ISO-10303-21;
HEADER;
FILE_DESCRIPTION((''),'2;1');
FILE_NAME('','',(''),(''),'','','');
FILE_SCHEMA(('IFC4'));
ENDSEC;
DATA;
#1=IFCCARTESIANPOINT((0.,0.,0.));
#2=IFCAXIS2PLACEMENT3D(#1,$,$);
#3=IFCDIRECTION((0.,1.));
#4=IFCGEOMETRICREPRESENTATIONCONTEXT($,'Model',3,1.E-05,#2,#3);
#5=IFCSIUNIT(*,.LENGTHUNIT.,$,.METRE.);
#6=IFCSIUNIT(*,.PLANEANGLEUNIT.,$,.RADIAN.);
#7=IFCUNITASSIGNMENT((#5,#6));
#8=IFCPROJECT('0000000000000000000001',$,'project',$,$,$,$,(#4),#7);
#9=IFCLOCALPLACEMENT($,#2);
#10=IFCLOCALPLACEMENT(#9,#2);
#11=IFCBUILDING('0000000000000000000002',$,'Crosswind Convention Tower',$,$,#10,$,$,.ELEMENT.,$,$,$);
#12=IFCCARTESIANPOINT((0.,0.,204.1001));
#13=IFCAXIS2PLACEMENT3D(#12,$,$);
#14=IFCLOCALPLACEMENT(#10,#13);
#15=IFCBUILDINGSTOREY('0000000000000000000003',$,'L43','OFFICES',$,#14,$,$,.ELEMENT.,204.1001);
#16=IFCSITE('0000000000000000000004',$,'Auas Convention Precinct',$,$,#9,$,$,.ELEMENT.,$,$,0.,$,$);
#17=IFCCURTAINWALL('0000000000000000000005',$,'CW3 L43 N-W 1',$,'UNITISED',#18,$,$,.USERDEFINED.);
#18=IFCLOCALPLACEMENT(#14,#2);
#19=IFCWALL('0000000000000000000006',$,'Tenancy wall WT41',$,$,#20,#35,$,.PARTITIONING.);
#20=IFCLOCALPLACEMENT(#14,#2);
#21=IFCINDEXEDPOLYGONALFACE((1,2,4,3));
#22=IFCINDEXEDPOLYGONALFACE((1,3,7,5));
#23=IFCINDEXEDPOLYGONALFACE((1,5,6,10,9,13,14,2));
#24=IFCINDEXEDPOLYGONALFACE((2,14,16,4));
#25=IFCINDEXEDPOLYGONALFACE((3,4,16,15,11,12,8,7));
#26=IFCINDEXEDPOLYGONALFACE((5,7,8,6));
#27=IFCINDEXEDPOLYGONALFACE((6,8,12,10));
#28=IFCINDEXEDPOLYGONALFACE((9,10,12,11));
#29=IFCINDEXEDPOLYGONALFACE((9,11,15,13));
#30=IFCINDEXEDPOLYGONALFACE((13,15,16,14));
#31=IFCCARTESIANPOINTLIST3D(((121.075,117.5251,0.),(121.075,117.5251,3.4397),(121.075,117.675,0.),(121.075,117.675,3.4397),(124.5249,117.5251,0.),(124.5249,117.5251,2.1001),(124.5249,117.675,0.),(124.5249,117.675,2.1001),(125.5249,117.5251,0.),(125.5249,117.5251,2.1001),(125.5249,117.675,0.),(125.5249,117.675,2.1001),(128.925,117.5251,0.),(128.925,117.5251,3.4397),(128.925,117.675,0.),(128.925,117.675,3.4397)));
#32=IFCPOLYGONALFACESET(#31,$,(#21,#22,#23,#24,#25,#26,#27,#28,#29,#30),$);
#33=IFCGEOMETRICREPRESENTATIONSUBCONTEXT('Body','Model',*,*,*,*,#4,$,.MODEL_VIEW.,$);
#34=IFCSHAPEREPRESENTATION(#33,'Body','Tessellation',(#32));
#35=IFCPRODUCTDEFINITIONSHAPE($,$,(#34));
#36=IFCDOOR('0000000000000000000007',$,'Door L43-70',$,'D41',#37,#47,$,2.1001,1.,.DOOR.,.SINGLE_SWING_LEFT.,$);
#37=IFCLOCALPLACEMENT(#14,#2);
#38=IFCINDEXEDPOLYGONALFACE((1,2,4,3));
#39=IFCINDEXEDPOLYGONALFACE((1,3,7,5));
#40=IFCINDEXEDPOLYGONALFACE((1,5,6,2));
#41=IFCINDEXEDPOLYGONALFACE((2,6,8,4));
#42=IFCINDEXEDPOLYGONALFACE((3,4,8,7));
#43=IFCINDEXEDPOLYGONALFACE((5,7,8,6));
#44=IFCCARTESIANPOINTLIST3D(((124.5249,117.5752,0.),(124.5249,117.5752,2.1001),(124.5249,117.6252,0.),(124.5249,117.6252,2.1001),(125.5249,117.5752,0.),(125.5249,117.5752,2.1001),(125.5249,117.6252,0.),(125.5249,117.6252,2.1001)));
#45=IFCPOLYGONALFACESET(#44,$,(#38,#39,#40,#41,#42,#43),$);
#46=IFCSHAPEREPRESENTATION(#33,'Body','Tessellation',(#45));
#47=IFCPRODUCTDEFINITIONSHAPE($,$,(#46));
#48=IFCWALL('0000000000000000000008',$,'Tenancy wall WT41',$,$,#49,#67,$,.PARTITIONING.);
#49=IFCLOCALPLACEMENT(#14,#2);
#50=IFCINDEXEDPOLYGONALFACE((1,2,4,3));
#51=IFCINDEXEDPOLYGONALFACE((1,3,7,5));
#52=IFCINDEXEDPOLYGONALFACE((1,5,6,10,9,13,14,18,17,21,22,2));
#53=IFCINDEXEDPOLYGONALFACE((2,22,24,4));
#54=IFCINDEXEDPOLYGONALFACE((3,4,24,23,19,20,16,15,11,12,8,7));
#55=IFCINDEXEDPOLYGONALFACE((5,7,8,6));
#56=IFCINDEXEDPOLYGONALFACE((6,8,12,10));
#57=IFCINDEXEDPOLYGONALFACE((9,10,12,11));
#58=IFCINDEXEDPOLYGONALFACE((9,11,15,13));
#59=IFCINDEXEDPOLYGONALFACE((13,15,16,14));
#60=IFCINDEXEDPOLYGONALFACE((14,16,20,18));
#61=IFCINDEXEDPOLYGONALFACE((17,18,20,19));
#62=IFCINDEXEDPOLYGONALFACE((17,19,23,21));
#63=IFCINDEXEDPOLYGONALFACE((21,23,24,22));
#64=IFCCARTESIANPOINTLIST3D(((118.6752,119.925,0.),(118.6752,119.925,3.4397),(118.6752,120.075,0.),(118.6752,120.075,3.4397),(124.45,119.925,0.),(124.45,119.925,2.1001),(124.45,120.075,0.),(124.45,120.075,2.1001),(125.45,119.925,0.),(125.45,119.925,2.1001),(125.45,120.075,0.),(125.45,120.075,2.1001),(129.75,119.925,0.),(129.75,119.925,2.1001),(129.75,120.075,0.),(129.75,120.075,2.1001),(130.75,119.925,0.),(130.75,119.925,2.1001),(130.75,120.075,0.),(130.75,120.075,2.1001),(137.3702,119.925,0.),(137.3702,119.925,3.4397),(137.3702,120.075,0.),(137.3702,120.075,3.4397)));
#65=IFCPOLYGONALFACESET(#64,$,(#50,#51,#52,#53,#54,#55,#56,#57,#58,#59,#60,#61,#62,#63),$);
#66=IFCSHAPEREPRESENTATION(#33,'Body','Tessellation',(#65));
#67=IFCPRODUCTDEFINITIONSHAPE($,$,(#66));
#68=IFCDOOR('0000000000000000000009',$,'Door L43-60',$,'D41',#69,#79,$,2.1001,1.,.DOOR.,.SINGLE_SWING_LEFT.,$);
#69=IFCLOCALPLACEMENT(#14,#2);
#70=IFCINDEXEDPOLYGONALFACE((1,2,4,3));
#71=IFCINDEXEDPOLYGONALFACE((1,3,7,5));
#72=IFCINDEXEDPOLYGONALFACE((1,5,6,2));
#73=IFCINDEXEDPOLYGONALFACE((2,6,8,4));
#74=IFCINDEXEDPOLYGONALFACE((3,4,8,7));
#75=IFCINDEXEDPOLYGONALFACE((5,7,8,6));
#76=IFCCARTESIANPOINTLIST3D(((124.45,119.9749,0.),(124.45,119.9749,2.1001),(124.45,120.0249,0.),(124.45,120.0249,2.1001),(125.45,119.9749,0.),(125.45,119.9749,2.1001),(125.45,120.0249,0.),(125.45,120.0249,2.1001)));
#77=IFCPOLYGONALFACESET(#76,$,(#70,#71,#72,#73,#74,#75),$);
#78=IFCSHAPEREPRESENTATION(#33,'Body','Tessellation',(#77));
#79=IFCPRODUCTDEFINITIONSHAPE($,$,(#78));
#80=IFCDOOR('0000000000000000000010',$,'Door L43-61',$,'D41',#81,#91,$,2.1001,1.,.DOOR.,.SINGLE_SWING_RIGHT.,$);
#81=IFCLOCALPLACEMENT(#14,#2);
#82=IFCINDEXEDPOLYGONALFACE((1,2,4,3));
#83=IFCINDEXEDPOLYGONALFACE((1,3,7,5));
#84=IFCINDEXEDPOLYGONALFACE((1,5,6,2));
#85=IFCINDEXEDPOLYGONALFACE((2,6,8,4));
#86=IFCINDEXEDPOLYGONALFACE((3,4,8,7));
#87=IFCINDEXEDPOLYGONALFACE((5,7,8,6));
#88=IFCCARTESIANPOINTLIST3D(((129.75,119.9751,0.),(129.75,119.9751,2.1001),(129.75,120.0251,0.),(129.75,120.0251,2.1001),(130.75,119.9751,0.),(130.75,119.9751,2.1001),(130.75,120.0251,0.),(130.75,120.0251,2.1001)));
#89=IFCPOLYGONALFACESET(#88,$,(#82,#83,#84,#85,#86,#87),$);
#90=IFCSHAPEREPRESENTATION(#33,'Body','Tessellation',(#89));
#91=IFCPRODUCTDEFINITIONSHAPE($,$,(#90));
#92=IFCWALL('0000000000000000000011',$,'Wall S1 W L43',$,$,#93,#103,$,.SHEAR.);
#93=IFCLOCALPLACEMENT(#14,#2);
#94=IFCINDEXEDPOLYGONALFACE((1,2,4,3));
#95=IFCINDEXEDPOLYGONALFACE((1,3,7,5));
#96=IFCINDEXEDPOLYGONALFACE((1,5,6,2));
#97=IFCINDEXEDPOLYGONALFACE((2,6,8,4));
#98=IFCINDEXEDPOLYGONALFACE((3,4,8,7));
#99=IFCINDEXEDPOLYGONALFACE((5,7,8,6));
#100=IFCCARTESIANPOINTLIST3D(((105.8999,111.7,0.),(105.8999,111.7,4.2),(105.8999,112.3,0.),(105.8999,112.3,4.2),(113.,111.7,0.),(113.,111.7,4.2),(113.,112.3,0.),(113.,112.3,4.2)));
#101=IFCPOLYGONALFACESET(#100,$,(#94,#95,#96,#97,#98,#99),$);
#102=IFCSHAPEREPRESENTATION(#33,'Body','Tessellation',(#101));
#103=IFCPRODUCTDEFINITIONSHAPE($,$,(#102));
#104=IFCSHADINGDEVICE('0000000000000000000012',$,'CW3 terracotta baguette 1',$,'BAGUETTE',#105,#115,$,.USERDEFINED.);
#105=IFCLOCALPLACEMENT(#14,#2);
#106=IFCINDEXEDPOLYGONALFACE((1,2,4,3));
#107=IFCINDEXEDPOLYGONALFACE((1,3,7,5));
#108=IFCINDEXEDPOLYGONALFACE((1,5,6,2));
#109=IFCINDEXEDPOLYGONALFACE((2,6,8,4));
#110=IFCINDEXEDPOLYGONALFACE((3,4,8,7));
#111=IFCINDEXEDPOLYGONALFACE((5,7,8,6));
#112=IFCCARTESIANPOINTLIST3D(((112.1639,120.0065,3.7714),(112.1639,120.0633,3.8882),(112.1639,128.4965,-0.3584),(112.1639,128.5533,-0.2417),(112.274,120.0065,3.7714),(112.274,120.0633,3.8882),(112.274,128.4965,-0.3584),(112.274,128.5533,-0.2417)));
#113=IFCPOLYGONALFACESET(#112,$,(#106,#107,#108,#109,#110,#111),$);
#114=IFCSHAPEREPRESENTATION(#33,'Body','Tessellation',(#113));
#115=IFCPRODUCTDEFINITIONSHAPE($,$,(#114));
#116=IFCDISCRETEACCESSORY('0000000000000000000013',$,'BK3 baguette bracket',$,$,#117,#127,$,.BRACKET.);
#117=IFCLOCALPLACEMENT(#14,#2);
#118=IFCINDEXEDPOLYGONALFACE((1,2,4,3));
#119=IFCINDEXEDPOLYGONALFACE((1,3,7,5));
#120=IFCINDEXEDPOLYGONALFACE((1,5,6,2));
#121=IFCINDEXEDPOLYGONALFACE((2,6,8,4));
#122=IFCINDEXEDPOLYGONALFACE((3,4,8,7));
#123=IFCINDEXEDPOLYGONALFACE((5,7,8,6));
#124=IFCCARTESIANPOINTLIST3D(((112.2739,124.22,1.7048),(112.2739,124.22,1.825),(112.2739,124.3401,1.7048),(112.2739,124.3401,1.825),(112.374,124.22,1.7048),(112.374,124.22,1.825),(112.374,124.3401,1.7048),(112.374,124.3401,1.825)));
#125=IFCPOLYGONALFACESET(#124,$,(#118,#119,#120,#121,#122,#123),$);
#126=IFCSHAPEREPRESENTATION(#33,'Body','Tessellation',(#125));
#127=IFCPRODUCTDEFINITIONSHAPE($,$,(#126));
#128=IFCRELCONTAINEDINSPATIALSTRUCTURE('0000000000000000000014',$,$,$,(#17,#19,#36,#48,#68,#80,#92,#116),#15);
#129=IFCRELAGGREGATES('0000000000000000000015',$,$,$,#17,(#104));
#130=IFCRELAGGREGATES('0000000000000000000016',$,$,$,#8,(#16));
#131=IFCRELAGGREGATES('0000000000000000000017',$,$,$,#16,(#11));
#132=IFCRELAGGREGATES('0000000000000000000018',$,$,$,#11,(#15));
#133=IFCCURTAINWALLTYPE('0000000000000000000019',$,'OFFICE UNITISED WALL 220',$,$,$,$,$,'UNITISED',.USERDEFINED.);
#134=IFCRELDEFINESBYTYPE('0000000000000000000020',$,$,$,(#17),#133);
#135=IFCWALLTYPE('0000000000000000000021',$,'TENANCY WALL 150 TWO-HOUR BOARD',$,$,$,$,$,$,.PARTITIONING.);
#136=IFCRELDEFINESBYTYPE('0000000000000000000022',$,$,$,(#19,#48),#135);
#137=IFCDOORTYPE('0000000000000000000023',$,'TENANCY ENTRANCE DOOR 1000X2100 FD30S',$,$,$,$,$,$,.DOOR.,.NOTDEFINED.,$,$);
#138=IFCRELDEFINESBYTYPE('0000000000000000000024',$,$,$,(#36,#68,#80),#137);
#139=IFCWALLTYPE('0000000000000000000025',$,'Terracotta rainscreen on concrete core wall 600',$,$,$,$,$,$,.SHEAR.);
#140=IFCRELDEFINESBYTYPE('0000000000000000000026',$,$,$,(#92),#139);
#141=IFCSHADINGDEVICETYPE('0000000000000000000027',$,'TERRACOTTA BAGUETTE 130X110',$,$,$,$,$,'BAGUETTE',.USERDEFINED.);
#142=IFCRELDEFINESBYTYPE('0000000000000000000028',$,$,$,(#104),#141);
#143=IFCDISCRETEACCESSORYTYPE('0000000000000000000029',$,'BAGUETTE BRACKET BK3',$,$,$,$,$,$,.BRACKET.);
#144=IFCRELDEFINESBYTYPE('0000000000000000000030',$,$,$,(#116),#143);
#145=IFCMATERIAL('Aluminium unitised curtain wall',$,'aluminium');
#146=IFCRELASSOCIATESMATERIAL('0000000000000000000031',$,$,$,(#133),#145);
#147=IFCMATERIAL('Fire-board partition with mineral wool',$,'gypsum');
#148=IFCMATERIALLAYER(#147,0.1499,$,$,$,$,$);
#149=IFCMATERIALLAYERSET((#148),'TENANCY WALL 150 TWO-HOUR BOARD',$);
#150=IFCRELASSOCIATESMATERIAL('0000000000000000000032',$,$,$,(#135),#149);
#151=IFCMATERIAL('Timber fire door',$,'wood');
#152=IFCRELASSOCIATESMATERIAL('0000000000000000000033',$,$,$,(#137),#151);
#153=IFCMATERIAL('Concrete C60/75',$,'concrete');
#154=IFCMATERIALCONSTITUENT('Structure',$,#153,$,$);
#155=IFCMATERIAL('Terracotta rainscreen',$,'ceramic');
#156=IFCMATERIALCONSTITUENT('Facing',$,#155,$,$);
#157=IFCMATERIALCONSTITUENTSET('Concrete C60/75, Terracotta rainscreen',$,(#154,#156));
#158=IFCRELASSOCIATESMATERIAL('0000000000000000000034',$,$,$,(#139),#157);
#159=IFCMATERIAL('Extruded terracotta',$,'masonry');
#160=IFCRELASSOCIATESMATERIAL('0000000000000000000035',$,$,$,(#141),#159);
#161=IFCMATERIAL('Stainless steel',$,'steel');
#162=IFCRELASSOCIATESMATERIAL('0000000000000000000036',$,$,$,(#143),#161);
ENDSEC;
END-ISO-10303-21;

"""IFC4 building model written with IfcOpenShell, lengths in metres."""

from ifc_helpers import new_model, si_unit, direction, frame, frame_2d, origin, origin_2d, place, context, subcontext, project, spatial, rectangle, extrude, material, layer, layer_set, constituent, constituent_set, material_profile, profile_set, type_object, element, fill, aggregate, save


model = new_model("IFC4")

# Units and contexts
model_context = context("Model", 3, precision=1e-05, world=origin(), true_north=direction((0.0, 1.0)))
body_context = subcontext(model_context, "Body", "Model", "MODEL_VIEW")
ifc_project = project(units=[si_unit("LENGTHUNIT", "METRE"), si_unit("PLANEANGLEUNIT", "RADIAN")], contexts=[model_context])

# Site, building, storey
site_placement = place(None, origin())
site = spatial("IfcSite", under=ifc_project, at=site_placement, Name="Auas Convention Precinct", CompositionType="ELEMENT", RefElevation=0.0)
building_placement = place(site_placement, origin())
building = spatial("IfcBuilding", under=site, at=building_placement, Name="Crosswind Convention Tower", CompositionType="ELEMENT")
storey_placement = place(building_placement, frame((0.0, 0.0, 204.1001)))
storey = spatial("IfcBuildingStorey", under=building, at=storey_placement, Name="L43", Description="OFFICES", CompositionType="ELEMENT", Elevation=204.1001)

# Shared definitions
ifc_material_1 = material(Name="Concrete C60/75", Category="concrete")

# Shared definitions
ifc_material_2 = material(Name="Aluminium unitised curtain wall", Category="aluminium")
curtain_wall_type_1 = type_object("IfcCurtainWallType", Name="OFFICE UNITISED WALL 220", ElementType="UNITISED", PredefinedType="USERDEFINED", material=ifc_material_2)

# Curtain wall
curtain_wall_1_placement = place(storey_placement, origin())
curtain_wall_1 = element("IfcCurtainWall", 1, at=curtain_wall_1_placement, inside=storey, type_object=curtain_wall_type_1, Name="CW3 L43 N-W 1", ObjectType="UNITISED", PredefinedType="USERDEFINED")

# Shared definitions
ifc_material_3 = material(Name="Fire-board partition with mineral wool", Category="gypsum")
ifc_layer_1 = layer(ifc_material_3, 0.1499)
ifc_layer_set_1 = layer_set([ifc_layer_1], Name="TENANCY WALL 150 TWO-HOUR BOARD")
wall_type_1 = type_object("IfcWallType", Name="TENANCY WALL 150 TWO-HOUR BOARD", PredefinedType="PARTITIONING", material=ifc_layer_set_1)

# Wall, opening, door
wall_1_placement = place(storey_placement, frame((121.075, 117.6001, 0.0), z_axis=(0.0, 0.0, 1.0), x_axis=(1.0, 0.0, 0.0)))
wall_1 = element("IfcWall", 2, at=wall_1_placement, inside=storey, type_object=wall_type_1, Name="Tenancy wall WT41", PredefinedType="PARTITIONING", context=body_context, shape_type="SweptSolid", body=[
    extrude(rectangle(XDim=7.8501, YDim=0.1499, at=frame_2d((3.925, 0.0))), origin(), (0.0, 0.0, 1.0), 3.4397),
])
opening_1_placement = place(wall_1_placement, frame((3.45, 0.0, 0.0)))
opening_1 = element("IfcOpeningElement", 3, at=opening_1_placement, cuts=wall_1, PredefinedType="OPENING", context=body_context, shape_type="SweptSolid", body=[
    extrude(rectangle(XDim=1.0, YDim=2.1001, at=frame_2d((0.5, 1.05))), frame((0.0, 0.085, 0.0), z_axis=(0.0, -1.0, 0.0), x_axis=(1.0, 0.0, 0.0)), (0.0, 0.0, 1.0), 0.1699),
])
ifc_material_4 = material(Name="Timber fire door", Category="wood")
door_type = type_object("IfcDoorType", Name="TENANCY ENTRANCE DOOR 1000X2100 FD30S", OperationType="NOTDEFINED", PredefinedType="DOOR", material=ifc_material_4)
door_1_placement = place(opening_1_placement, frame((1.0, 0.0, 0.0), z_axis=(0.0, 0.0, 1.0), x_axis=(-1.0, 0.0, 0.0)))
door_1 = element("IfcDoor", 4, at=door_1_placement, inside=storey, type_object=door_type, Name="Door L43-70", ObjectType="D41", OperationType="SINGLE_SWING_LEFT", OverallHeight=2.1001, OverallWidth=1.0, PredefinedType="DOOR", context=body_context, shape_type="SweptSolid", body=[
    extrude(rectangle(XDim=1.0, YDim=2.1001, at=frame_2d((0.5, 1.05))), frame((0.0, 0.0249, 0.0), z_axis=(0.0, -1.0, 0.0), x_axis=(1.0, 0.0, 0.0)), (0.0, 0.0, 1.0), 0.05),
])
fill(opening_1, door_1)

# Wall, openings, doors
wall_2_placement = place(storey_placement, frame((118.675, 120.0, 0.0), z_axis=(0.0, 0.0, 1.0), x_axis=(1.0, 0.0, 0.0)))
wall_2 = element("IfcWall", 5, at=wall_2_placement, inside=storey, type_object=wall_type_1, Name="Tenancy wall WT41", PredefinedType="PARTITIONING", context=body_context, shape_type="SweptSolid", body=[
    extrude(rectangle(XDim=18.6951, YDim=0.1499, at=frame_2d((9.3477, 0.0))), origin(), (0.0, 0.0, 1.0), 3.4397),
])
opening_2_placement = place(wall_2_placement, frame((5.7749, 0.0, 0.0)))
opening_2 = element("IfcOpeningElement", 6, at=opening_2_placement, cuts=wall_2, PredefinedType="OPENING", context=body_context, shape_type="SweptSolid", body=[
    extrude(rectangle(XDim=1.0, YDim=2.1001, at=frame_2d((0.5, 1.05))), frame((0.0, 0.085, 0.0), z_axis=(0.0, -1.0, 0.0), x_axis=(1.0, 0.0, 0.0)), (0.0, 0.0, 1.0), 0.1699),
])
opening_3_placement = place(wall_2_placement, frame((11.075, 0.0, 0.0)))
opening_3 = element("IfcOpeningElement", 7, at=opening_3_placement, cuts=wall_2, PredefinedType="OPENING", context=body_context, shape_type="SweptSolid", body=[
    extrude(rectangle(XDim=1.0, YDim=2.1001, at=frame_2d((0.5, 1.05))), frame((0.0, 0.085, 0.0), z_axis=(0.0, -1.0, 0.0), x_axis=(1.0, 0.0, 0.0)), (0.0, 0.0, 1.0), 0.1699),
])
door_2_placement = place(opening_2_placement, origin())
door_2 = element("IfcDoor", 8, at=door_2_placement, inside=storey, type_object=door_type, Name="Door L43-60", ObjectType="D41", OperationType="SINGLE_SWING_LEFT", OverallHeight=2.1001, OverallWidth=1.0, PredefinedType="DOOR", context=body_context, shape_type="SweptSolid", body=[
    extrude(rectangle(XDim=1.0, YDim=2.1001, at=frame_2d((0.5, 1.05))), frame((0.0, 0.0249, 0.0), z_axis=(0.0, -1.0, 0.0), x_axis=(1.0, 0.0, 0.0)), (0.0, 0.0, 1.0), 0.05),
])
fill(opening_2, door_2)
door_3_placement = place(opening_3_placement, frame((1.0, 0.0, 0.0), z_axis=(0.0, 0.0, 1.0), x_axis=(-1.0, 0.0, 0.0)))
door_3 = element("IfcDoor", 9, at=door_3_placement, inside=storey, type_object=door_type, Name="Door L43-61", ObjectType="D41", OperationType="SINGLE_SWING_RIGHT", OverallHeight=2.1001, OverallWidth=1.0, PredefinedType="DOOR", context=body_context, shape_type="SweptSolid", body=[
    extrude(rectangle(XDim=1.0, YDim=2.1001, at=frame_2d((0.5, 1.05))), frame((0.0, 0.0249, 0.0), z_axis=(0.0, -1.0, 0.0), x_axis=(1.0, 0.0, 0.0)), (0.0, 0.0, 1.0), 0.05),
])
fill(opening_3, door_3)

# Wall
ifc_constituent_1 = constituent(ifc_material_1, Name="Structure")
ifc_material_5 = material(Name="Terracotta rainscreen", Category="ceramic")
ifc_constituent_2 = constituent(ifc_material_5, Name="Facing")
ifc_constituent_set = constituent_set(constituents=[ifc_constituent_1, ifc_constituent_2], Name="Concrete C60/75, Terracotta rainscreen")
wall_type_2 = type_object("IfcWallType", Name="Terracotta rainscreen on concrete core wall 600", PredefinedType="SHEAR", material=ifc_constituent_set)
wall_3_placement = place(storey_placement, frame((113.0, 112.0, 0.0), z_axis=(0.0, 0.0, 1.0), x_axis=(-1.0, 0.0, 0.0)))
element("IfcWall", 10, at=wall_3_placement, inside=storey, type_object=wall_type_2, Name="Wall S1 W L43", PredefinedType="SHEAR", context=body_context, shape_type="SweptSolid", body=[
    extrude(rectangle(XDim=7.1001, YDim=0.6001, at=frame_2d((3.55, 0.0))), origin(), (0.0, 0.0, 1.0), 4.2),
])

# Shading device
ifc_material_6 = material(Name="Extruded terracotta", Category="masonry")
ifc_material_profile_1 = material_profile(ifc_material_6, rectangle(XDim=0.1101, YDim=0.1299, at=origin_2d()), Name="TC 110X130")
ifc_profile_set_1 = profile_set([ifc_material_profile_1], Name="Extruded terracotta")
shading_device_type = type_object("IfcShadingDeviceType", Name="TERRACOTTA BAGUETTE 130X110", ElementType="BAGUETTE", PredefinedType="USERDEFINED", material=ifc_profile_set_1)
shading_device_placement = place(storey_placement, frame((112.219, 128.5249, -0.3), z_axis=(0.0, -0.899251, 0.437433), x_axis=(1.0, 0.0, 0.0)))
shading_device = element("IfcShadingDevice", 11, at=shading_device_placement, type_object=shading_device_type, Name="CW3 terracotta baguette 1", ObjectType="BAGUETTE", PredefinedType="USERDEFINED", context=body_context, shape_type="SweptSolid", body=[
    extrude(rectangle(XDim=0.1101, YDim=0.1299, at=origin_2d()), origin(), (0.0, 0.0, 1.0), 9.4412),
])
aggregate(curtain_wall_1, [shading_device])

# Discrete accessory
ifc_material_7 = material(Name="Stainless steel", Category="steel")
discrete_accessory_type = type_object("IfcDiscreteAccessoryType", Name="BAGUETTE BRACKET BK3", PredefinedType="BRACKET", material=ifc_material_7)
discrete_accessory_placement = place(storey_placement, frame((112.324, 124.28, 1.7048), z_axis=(0.0, 0.0, 1.0), x_axis=(0.0, -1.0, 0.0)))
element("IfcDiscreteAccessory", 12, at=discrete_accessory_placement, inside=storey, type_object=discrete_accessory_type, Name="BK3 baguette bracket", PredefinedType="BRACKET", context=body_context, shape_type="SweptSolid", body=[
    extrude(rectangle(XDim=0.1201, YDim=0.1001, at=origin_2d()), origin(), (0.0, 0.0, 1.0), 0.1201),
])

save(model, "model.ifc")
